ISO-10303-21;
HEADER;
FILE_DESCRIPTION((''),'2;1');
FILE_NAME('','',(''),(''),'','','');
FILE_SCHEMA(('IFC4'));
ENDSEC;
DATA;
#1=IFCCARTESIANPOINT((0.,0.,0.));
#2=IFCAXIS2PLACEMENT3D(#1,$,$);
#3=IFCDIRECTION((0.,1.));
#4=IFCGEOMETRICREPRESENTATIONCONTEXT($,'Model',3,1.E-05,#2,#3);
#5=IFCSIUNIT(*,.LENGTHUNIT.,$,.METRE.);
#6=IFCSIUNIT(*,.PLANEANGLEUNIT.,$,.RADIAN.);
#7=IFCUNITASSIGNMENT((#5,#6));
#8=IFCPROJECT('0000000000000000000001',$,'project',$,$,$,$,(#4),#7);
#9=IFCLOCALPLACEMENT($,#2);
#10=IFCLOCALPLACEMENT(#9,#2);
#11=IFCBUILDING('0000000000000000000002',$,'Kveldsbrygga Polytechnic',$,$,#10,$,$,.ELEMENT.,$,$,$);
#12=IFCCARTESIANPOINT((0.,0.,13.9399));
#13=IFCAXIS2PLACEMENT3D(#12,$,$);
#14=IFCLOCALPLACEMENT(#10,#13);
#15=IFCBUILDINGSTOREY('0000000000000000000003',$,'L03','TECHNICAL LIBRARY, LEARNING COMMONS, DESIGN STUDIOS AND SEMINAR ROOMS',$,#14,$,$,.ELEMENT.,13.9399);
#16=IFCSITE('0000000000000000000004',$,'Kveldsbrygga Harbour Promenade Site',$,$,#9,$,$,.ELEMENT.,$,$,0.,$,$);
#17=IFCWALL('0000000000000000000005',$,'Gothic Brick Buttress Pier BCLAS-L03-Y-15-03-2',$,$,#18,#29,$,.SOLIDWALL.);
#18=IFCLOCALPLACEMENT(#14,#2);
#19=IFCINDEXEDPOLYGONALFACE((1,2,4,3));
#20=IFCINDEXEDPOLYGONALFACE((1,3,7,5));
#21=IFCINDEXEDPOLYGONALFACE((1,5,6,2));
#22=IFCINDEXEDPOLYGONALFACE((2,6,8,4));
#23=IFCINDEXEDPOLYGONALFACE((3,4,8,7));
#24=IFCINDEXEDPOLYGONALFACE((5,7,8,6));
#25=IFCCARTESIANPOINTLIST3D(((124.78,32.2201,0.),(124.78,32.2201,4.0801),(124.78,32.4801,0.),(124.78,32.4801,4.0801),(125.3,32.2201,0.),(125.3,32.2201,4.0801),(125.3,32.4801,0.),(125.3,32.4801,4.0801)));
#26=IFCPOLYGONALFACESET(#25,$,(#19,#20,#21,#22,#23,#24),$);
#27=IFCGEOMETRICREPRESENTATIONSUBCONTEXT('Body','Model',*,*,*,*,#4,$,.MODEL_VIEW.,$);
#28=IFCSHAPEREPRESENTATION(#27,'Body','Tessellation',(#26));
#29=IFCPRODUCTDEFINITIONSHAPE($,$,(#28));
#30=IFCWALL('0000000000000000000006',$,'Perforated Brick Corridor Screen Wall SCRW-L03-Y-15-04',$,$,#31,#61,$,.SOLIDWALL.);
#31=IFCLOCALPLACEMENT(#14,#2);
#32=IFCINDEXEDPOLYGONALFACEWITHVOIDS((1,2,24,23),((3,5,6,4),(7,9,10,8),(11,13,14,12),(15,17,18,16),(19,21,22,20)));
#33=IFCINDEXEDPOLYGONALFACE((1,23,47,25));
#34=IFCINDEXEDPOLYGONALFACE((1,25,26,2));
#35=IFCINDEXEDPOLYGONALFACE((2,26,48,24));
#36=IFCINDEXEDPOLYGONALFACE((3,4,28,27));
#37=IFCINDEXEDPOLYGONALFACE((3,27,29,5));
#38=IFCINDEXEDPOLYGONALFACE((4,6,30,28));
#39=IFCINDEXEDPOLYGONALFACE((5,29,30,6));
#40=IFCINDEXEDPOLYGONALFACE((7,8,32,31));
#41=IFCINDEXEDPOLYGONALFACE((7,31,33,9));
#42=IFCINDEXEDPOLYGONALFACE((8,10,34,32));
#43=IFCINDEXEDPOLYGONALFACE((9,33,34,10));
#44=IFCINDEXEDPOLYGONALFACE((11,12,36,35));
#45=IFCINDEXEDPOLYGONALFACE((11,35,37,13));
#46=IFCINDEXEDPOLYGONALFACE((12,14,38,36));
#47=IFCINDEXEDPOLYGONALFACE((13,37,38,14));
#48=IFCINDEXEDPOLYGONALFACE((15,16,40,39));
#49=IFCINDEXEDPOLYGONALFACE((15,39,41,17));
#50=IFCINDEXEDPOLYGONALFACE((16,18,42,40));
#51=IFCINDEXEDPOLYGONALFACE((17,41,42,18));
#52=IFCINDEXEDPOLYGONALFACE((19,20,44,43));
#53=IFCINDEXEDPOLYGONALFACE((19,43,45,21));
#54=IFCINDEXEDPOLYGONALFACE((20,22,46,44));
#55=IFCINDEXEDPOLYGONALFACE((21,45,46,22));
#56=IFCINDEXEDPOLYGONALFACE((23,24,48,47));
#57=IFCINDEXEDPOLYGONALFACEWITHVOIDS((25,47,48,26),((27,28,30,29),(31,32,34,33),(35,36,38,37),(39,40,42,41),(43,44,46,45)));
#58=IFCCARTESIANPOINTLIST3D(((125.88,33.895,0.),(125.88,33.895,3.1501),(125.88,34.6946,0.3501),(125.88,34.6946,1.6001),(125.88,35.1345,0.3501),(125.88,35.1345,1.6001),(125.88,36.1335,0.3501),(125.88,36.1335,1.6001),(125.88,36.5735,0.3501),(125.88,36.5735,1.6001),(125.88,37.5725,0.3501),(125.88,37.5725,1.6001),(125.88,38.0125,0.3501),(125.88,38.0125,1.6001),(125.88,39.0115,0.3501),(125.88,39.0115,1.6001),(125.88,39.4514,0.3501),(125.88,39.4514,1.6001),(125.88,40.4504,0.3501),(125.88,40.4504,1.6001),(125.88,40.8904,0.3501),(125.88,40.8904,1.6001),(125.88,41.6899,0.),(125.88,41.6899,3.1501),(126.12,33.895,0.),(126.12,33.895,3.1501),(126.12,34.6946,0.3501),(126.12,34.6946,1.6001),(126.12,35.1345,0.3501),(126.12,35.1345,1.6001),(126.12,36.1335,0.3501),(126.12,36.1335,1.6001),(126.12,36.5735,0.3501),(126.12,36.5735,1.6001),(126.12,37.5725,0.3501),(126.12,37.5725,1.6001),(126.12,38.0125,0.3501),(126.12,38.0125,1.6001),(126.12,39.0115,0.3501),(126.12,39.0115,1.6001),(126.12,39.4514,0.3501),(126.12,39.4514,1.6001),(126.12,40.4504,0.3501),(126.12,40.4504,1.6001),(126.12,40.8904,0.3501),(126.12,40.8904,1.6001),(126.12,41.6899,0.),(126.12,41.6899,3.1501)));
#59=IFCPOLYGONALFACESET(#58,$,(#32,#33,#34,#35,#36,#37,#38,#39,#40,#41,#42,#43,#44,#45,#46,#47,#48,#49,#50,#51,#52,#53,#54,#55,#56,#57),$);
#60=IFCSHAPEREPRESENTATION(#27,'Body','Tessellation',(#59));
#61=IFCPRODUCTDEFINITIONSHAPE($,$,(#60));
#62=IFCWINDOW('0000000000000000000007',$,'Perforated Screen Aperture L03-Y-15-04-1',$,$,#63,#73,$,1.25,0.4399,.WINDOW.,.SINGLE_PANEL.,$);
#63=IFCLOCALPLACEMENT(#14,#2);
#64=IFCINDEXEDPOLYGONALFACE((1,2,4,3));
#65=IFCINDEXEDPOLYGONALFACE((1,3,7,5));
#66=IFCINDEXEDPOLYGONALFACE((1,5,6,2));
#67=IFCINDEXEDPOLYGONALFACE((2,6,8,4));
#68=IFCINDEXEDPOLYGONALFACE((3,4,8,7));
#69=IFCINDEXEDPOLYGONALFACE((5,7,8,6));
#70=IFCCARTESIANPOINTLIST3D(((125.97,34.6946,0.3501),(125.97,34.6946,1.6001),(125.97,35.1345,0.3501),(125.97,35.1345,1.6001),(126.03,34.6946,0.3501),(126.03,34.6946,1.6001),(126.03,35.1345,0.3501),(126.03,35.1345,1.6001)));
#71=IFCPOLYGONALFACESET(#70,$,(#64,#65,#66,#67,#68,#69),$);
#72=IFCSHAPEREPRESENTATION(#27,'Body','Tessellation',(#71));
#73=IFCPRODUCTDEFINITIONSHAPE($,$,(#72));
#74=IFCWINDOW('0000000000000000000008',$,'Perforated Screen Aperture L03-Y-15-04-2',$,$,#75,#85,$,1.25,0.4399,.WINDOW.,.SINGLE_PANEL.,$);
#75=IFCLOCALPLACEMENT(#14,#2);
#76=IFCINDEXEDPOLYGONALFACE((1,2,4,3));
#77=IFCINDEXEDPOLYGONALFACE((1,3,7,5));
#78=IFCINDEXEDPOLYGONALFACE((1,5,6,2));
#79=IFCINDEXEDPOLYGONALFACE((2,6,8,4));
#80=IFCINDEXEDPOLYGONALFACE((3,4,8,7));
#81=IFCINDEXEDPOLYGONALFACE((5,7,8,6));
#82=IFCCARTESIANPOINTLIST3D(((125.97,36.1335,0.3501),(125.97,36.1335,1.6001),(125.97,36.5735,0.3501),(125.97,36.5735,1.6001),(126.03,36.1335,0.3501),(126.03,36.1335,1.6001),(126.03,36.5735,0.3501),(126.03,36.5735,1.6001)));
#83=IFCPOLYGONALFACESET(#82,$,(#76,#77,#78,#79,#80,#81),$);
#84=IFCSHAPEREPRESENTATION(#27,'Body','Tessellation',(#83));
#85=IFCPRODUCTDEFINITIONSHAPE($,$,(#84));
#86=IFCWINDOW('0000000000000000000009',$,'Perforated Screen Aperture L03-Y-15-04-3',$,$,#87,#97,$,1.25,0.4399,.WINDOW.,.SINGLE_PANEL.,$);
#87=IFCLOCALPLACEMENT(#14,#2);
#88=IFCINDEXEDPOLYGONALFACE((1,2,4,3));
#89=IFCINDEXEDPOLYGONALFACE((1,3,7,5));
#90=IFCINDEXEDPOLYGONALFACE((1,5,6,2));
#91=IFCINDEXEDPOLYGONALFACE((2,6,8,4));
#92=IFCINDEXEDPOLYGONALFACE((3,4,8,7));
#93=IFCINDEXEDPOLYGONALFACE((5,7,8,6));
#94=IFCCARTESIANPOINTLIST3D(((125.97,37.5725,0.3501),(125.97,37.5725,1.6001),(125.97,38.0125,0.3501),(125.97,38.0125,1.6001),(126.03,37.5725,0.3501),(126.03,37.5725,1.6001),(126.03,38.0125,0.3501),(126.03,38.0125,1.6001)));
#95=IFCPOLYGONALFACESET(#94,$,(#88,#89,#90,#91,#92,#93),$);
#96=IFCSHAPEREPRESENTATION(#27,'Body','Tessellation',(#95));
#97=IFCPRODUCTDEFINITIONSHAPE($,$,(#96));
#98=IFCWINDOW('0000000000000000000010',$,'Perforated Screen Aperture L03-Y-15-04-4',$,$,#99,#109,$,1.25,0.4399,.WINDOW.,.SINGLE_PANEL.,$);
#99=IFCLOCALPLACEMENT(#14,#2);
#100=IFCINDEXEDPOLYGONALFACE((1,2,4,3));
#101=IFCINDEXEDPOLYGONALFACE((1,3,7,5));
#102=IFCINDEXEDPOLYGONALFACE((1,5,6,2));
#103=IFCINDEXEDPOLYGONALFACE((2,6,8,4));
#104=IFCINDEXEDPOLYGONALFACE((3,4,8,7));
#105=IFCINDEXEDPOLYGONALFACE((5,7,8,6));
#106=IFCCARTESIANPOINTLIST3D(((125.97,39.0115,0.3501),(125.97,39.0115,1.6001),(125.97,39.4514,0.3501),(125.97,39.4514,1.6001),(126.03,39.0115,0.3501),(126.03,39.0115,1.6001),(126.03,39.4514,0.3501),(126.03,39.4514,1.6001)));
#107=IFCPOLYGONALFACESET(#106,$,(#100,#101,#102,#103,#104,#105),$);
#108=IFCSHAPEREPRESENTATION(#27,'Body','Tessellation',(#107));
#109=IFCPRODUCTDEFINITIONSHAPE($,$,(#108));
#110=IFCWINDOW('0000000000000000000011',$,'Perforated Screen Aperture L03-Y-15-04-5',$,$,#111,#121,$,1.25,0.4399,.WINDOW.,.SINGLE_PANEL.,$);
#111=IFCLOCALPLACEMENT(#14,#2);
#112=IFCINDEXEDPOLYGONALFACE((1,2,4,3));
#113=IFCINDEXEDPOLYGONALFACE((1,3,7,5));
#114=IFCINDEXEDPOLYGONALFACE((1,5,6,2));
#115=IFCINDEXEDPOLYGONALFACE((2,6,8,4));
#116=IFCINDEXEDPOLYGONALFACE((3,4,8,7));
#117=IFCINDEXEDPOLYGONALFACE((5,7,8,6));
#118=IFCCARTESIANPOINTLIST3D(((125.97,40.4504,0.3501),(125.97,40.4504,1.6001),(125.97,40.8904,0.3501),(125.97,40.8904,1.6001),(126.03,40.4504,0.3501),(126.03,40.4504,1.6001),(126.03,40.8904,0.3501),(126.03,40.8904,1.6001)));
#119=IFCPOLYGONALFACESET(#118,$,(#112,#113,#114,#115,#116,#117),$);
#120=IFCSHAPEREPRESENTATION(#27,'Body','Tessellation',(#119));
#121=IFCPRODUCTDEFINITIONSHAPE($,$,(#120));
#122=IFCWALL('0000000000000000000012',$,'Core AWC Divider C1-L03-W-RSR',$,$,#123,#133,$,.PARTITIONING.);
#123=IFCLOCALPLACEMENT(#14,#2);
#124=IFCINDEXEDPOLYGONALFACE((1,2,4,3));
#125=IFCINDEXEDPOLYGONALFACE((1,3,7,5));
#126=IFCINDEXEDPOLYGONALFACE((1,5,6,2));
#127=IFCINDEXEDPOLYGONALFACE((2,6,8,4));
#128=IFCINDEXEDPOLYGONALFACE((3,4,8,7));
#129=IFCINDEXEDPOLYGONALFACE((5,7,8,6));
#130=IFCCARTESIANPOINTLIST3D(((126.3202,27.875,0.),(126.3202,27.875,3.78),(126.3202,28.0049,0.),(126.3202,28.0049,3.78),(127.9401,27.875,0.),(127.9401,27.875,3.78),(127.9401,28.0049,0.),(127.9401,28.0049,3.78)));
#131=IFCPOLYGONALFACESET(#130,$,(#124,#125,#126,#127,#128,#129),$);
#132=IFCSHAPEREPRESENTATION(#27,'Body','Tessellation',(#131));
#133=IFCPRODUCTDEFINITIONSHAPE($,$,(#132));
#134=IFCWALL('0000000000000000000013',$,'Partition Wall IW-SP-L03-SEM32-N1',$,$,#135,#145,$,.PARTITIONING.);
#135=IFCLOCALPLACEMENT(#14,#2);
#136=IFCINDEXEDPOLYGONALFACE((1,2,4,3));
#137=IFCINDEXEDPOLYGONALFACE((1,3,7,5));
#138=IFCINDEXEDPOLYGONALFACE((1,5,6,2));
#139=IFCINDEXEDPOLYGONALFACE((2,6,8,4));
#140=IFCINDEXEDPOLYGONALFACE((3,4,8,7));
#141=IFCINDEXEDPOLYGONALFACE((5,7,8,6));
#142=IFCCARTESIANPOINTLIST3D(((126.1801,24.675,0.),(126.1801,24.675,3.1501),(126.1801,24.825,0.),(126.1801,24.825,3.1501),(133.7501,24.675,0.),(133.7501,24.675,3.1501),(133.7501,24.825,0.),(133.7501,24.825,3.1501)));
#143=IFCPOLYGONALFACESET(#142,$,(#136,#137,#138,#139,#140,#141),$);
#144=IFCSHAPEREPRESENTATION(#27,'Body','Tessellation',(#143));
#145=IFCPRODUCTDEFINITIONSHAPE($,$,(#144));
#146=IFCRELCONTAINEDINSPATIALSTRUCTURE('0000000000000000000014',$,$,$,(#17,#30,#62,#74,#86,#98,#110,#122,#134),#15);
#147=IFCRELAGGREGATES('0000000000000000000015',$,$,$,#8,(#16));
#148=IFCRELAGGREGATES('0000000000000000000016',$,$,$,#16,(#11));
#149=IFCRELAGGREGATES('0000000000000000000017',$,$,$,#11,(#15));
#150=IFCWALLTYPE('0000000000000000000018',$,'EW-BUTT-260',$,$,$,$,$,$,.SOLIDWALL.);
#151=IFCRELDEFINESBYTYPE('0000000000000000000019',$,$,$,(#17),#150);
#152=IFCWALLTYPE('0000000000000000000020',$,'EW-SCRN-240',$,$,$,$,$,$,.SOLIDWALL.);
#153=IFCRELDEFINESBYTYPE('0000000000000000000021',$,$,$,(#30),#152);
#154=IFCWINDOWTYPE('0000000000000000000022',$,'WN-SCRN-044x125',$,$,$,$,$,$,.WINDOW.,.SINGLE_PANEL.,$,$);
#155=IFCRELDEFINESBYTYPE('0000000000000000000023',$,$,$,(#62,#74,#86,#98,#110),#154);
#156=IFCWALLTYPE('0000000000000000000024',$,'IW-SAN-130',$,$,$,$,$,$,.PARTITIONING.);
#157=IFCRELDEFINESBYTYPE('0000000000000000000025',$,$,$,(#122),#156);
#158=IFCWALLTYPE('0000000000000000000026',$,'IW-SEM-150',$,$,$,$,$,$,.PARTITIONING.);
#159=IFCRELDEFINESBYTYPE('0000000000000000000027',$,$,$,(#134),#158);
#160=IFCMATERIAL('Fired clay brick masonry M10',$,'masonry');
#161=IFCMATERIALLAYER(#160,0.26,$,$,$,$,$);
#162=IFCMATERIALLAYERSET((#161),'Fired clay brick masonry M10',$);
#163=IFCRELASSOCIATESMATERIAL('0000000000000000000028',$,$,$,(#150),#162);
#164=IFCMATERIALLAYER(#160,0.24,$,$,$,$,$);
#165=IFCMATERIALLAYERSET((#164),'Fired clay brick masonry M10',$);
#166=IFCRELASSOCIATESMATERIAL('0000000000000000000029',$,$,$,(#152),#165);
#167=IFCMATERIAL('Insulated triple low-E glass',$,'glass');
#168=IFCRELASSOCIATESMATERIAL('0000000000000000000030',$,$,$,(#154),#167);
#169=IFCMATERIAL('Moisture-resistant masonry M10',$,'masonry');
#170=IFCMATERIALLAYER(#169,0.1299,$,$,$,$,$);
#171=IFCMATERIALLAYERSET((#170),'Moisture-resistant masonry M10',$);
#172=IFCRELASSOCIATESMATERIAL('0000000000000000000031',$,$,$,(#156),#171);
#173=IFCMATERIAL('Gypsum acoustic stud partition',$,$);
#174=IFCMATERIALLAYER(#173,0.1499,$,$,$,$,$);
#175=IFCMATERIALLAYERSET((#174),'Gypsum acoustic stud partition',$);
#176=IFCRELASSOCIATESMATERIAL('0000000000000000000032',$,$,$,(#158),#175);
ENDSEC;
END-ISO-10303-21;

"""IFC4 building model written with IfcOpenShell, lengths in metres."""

from ifc_helpers import new_model, si_unit, direction, frame, frame_2d, origin, place, context, subcontext, project, spatial, rectangle, extrude, material, layer, layer_set, type_object, element, fill, save


model = new_model("IFC4")

# Units and contexts
model_context = context("Model", 3, precision=1e-05, world=origin(), true_north=direction((0.0, 1.0)))
body_context = subcontext(model_context, "Body", "Model", "MODEL_VIEW")
ifc_project = project(units=[si_unit("LENGTHUNIT", "METRE"), si_unit("PLANEANGLEUNIT", "RADIAN")], contexts=[model_context])

# Site, building, storey
site_placement = place(None, origin())
site = spatial("IfcSite", under=ifc_project, at=site_placement, Name="Kveldsbrygga Harbour Promenade Site", CompositionType="ELEMENT", RefElevation=0.0)
building_placement = place(site_placement, origin())
building = spatial("IfcBuilding", under=site, at=building_placement, Name="Kveldsbrygga Polytechnic", CompositionType="ELEMENT")
storey_placement = place(building_placement, frame((0.0, 0.0, 13.9399)))
storey = spatial("IfcBuildingStorey", under=building, at=storey_placement, Name="L03", Description="TECHNICAL LIBRARY, LEARNING COMMONS, DESIGN STUDIOS AND SEMINAR ROOMS", CompositionType="ELEMENT", Elevation=13.9399)

# Wall
ifc_material_1 = material(Name="Fired clay brick masonry M10", Category="masonry")
ifc_layer_1 = layer(ifc_material_1, 0.26)
ifc_layer_set_1 = layer_set([ifc_layer_1], Name="Fired clay brick masonry M10")
wall_type_1 = type_object("IfcWallType", Name="EW-BUTT-260", PredefinedType="SOLIDWALL", material=ifc_layer_set_1)
for number, where, z_axis, x_axis, name in (
    (1, (125.3, 32.3501, 0.0), (0.0, 0.0, 1.0), (-1.0, 0.0, 0.0), "Gothic Brick Buttress Pier BCLAS-L03-Y-15-03-2"),
):
    element("IfcWall", number, at=place(storey_placement, frame(where, z_axis=z_axis, x_axis=x_axis)), inside=storey, type_object=wall_type_1, Name=name, PredefinedType="SOLIDWALL", context=body_context, shape_type="SweptSolid", body=[
        extrude(rectangle(XDim=0.52, YDim=0.26, at=frame_2d((0.26, 0.0))), origin(), (0.0, 0.0, 1.0), 4.0801),
    ])

# Wall, openings, windows
ifc_layer_2 = layer(ifc_material_1, 0.24)
ifc_layer_set_2 = layer_set([ifc_layer_2], Name="Fired clay brick masonry M10")
wall_type_2 = type_object("IfcWallType", Name="EW-SCRN-240", PredefinedType="SOLIDWALL", material=ifc_layer_set_2)
wall_1_placement = place(storey_placement, frame((126.0, 33.895, 0.0), z_axis=(0.0, 0.0, 1.0), x_axis=(0.0, 1.0, 0.0)))
wall_1 = element("IfcWall", 2, at=wall_1_placement, inside=storey, type_object=wall_type_2, Name="Perforated Brick Corridor Screen Wall SCRW-L03-Y-15-04", PredefinedType="SOLIDWALL", context=body_context, shape_type="SweptSolid", body=[
    extrude(rectangle(XDim=7.7949, YDim=0.24, at=frame_2d((3.8975, 0.0))), origin(), (0.0, 0.0, 1.0), 3.1501),
])
opening_1_placement = place(wall_1_placement, frame((0.7996, 0.0, 0.3501)))
opening_1 = element("IfcOpeningElement", 3, at=opening_1_placement, cuts=wall_1, PredefinedType="OPENING", context=body_context, shape_type="SweptSolid", body=[
    extrude(rectangle(XDim=0.4399, YDim=1.25, at=frame_2d((0.22, 0.625))), frame((0.0, 0.1299, 0.0), z_axis=(0.0, -1.0, 0.0), x_axis=(1.0, 0.0, 0.0)), (0.0, 0.0, 1.0), 0.26),
])
opening_2_placement = place(wall_1_placement, frame((2.2385, 0.0, 0.3501)))
opening_2 = element("IfcOpeningElement", 4, at=opening_2_placement, cuts=wall_1, PredefinedType="OPENING", context=body_context, shape_type="SweptSolid", body=[
    extrude(rectangle(XDim=0.4399, YDim=1.25, at=frame_2d((0.22, 0.625))), frame((0.0, 0.1299, 0.0), z_axis=(0.0, -1.0, 0.0), x_axis=(1.0, 0.0, 0.0)), (0.0, 0.0, 1.0), 0.26),
])
opening_3_placement = place(wall_1_placement, frame((3.6775, 0.0, 0.3501)))
opening_3 = element("IfcOpeningElement", 5, at=opening_3_placement, cuts=wall_1, PredefinedType="OPENING", context=body_context, shape_type="SweptSolid", body=[
    extrude(rectangle(XDim=0.4399, YDim=1.25, at=frame_2d((0.22, 0.625))), frame((0.0, 0.1299, 0.0), z_axis=(0.0, -1.0, 0.0), x_axis=(1.0, 0.0, 0.0)), (0.0, 0.0, 1.0), 0.26),
])
opening_4_placement = place(wall_1_placement, frame((5.1165, 0.0, 0.3501)))
opening_4 = element("IfcOpeningElement", 6, at=opening_4_placement, cuts=wall_1, PredefinedType="OPENING", context=body_context, shape_type="SweptSolid", body=[
    extrude(rectangle(XDim=0.4399, YDim=1.25, at=frame_2d((0.22, 0.625))), frame((0.0, 0.1299, 0.0), z_axis=(0.0, -1.0, 0.0), x_axis=(1.0, 0.0, 0.0)), (0.0, 0.0, 1.0), 0.26),
])
opening_5_placement = place(wall_1_placement, frame((6.5554, 0.0, 0.3501)))
opening_5 = element("IfcOpeningElement", 7, at=opening_5_placement, cuts=wall_1, PredefinedType="OPENING", context=body_context, shape_type="SweptSolid", body=[
    extrude(rectangle(XDim=0.4399, YDim=1.25, at=frame_2d((0.22, 0.625))), frame((0.0, 0.1299, 0.0), z_axis=(0.0, -1.0, 0.0), x_axis=(1.0, 0.0, 0.0)), (0.0, 0.0, 1.0), 0.26),
])
ifc_material_2 = material(Name="Insulated triple low-E glass", Category="glass")
window_type = type_object("IfcWindowType", Name="WN-SCRN-044x125", PartitioningType="SINGLE_PANEL", PredefinedType="WINDOW", material=ifc_material_2)
window_1_placement = place(opening_1_placement, origin())
window_1 = element("IfcWindow", 8, at=window_1_placement, inside=storey, type_object=window_type, Name="Perforated Screen Aperture L03-Y-15-04-1", OverallHeight=1.25, OverallWidth=0.4399, PartitioningType="SINGLE_PANEL", PredefinedType="WINDOW", context=body_context, shape_type="SweptSolid", body=[
    extrude(rectangle(XDim=0.4399, YDim=1.25, at=frame_2d((0.22, 0.625))), frame((0.0, 0.03, 0.0), z_axis=(0.0, -1.0, 0.0), x_axis=(1.0, 0.0, 0.0)), (0.0, 0.0, 1.0), 0.0601),
])
fill(opening_1, window_1)
window_2_placement = place(opening_2_placement, origin())
window_2 = element("IfcWindow", 9, at=window_2_placement, inside=storey, type_object=window_type, Name="Perforated Screen Aperture L03-Y-15-04-2", OverallHeight=1.25, OverallWidth=0.4399, PartitioningType="SINGLE_PANEL", PredefinedType="WINDOW", context=body_context, shape_type="SweptSolid", body=[
    extrude(rectangle(XDim=0.4399, YDim=1.25, at=frame_2d((0.22, 0.625))), frame((0.0, 0.03, 0.0), z_axis=(0.0, -1.0, 0.0), x_axis=(1.0, 0.0, 0.0)), (0.0, 0.0, 1.0), 0.0601),
])
fill(opening_2, window_2)
window_3_placement = place(opening_3_placement, origin())
window_3 = element("IfcWindow", 10, at=window_3_placement, inside=storey, type_object=window_type, Name="Perforated Screen Aperture L03-Y-15-04-3", OverallHeight=1.25, OverallWidth=0.4399, PartitioningType="SINGLE_PANEL", PredefinedType="WINDOW", context=body_context, shape_type="SweptSolid", body=[
    extrude(rectangle(XDim=0.4399, YDim=1.25, at=frame_2d((0.22, 0.625))), frame((0.0, 0.03, 0.0), z_axis=(0.0, -1.0, 0.0), x_axis=(1.0, 0.0, 0.0)), (0.0, 0.0, 1.0), 0.0601),
])
fill(opening_3, window_3)
window_4_placement = place(opening_4_placement, origin())
window_4 = element("IfcWindow", 11, at=window_4_placement, inside=storey, type_object=window_type, Name="Perforated Screen Aperture L03-Y-15-04-4", OverallHeight=1.25, OverallWidth=0.4399, PartitioningType="SINGLE_PANEL", PredefinedType="WINDOW", context=body_context, shape_type="SweptSolid", body=[
    extrude(rectangle(XDim=0.4399, YDim=1.25, at=frame_2d((0.22, 0.625))), frame((0.0, 0.03, 0.0), z_axis=(0.0, -1.0, 0.0), x_axis=(1.0, 0.0, 0.0)), (0.0, 0.0, 1.0), 0.0601),
])
fill(opening_4, window_4)
window_5_placement = place(opening_5_placement, origin())
window_5 = element("IfcWindow", 12, at=window_5_placement, inside=storey, type_object=window_type, Name="Perforated Screen Aperture L03-Y-15-04-5", OverallHeight=1.25, OverallWidth=0.4399, PartitioningType="SINGLE_PANEL", PredefinedType="WINDOW", context=body_context, shape_type="SweptSolid", body=[
    extrude(rectangle(XDim=0.4399, YDim=1.25, at=frame_2d((0.22, 0.625))), frame((0.0, 0.03, 0.0), z_axis=(0.0, -1.0, 0.0), x_axis=(1.0, 0.0, 0.0)), (0.0, 0.0, 1.0), 0.0601),
])
fill(opening_5, window_5)

# Walls
ifc_material_3 = material(Name="Moisture-resistant masonry M10", Category="masonry")
ifc_layer_3 = layer(ifc_material_3, 0.1299)
ifc_layer_set_3 = layer_set([ifc_layer_3], Name="Moisture-resistant masonry M10")
wall_type_3 = type_object("IfcWallType", Name="IW-SAN-130", PredefinedType="PARTITIONING", material=ifc_layer_set_3)
wall_2_placement = place(storey_placement, frame((126.3201, 27.9399, 0.0), z_axis=(0.0, 0.0, 1.0), x_axis=(1.0, 0.0, 0.0)))
element("IfcWall", 13, at=wall_2_placement, inside=storey, type_object=wall_type_3, Name="Core AWC Divider C1-L03-W-RSR", PredefinedType="PARTITIONING", context=body_context, shape_type="SweptSolid", body=[
    extrude(rectangle(XDim=1.6199, YDim=0.1299, at=frame_2d((0.8101, 0.0))), origin(), (0.0, 0.0, 1.0), 3.78),
])
ifc_material_4 = material(Name="Gypsum acoustic stud partition")
ifc_layer_4 = layer(ifc_material_4, 0.1499)
ifc_layer_set_4 = layer_set([ifc_layer_4], Name="Gypsum acoustic stud partition")
wall_type_4 = type_object("IfcWallType", Name="IW-SEM-150", PredefinedType="PARTITIONING", material=ifc_layer_set_4)
wall_3_placement = place(storey_placement, frame((126.1799, 24.75, 0.0), z_axis=(0.0, 0.0, 1.0), x_axis=(1.0, 0.0, 0.0)))
element("IfcWall", 14, at=wall_3_placement, inside=storey, type_object=wall_type_4, Name="Partition Wall IW-SP-L03-SEM32-N1", PredefinedType="PARTITIONING", context=body_context, shape_type="SweptSolid", body=[
    extrude(rectangle(XDim=7.5701, YDim=0.1499, at=frame_2d((3.7852, 0.0))), origin(), (0.0, 0.0, 1.0), 3.1501),
])

save(model, "model.ifc")
